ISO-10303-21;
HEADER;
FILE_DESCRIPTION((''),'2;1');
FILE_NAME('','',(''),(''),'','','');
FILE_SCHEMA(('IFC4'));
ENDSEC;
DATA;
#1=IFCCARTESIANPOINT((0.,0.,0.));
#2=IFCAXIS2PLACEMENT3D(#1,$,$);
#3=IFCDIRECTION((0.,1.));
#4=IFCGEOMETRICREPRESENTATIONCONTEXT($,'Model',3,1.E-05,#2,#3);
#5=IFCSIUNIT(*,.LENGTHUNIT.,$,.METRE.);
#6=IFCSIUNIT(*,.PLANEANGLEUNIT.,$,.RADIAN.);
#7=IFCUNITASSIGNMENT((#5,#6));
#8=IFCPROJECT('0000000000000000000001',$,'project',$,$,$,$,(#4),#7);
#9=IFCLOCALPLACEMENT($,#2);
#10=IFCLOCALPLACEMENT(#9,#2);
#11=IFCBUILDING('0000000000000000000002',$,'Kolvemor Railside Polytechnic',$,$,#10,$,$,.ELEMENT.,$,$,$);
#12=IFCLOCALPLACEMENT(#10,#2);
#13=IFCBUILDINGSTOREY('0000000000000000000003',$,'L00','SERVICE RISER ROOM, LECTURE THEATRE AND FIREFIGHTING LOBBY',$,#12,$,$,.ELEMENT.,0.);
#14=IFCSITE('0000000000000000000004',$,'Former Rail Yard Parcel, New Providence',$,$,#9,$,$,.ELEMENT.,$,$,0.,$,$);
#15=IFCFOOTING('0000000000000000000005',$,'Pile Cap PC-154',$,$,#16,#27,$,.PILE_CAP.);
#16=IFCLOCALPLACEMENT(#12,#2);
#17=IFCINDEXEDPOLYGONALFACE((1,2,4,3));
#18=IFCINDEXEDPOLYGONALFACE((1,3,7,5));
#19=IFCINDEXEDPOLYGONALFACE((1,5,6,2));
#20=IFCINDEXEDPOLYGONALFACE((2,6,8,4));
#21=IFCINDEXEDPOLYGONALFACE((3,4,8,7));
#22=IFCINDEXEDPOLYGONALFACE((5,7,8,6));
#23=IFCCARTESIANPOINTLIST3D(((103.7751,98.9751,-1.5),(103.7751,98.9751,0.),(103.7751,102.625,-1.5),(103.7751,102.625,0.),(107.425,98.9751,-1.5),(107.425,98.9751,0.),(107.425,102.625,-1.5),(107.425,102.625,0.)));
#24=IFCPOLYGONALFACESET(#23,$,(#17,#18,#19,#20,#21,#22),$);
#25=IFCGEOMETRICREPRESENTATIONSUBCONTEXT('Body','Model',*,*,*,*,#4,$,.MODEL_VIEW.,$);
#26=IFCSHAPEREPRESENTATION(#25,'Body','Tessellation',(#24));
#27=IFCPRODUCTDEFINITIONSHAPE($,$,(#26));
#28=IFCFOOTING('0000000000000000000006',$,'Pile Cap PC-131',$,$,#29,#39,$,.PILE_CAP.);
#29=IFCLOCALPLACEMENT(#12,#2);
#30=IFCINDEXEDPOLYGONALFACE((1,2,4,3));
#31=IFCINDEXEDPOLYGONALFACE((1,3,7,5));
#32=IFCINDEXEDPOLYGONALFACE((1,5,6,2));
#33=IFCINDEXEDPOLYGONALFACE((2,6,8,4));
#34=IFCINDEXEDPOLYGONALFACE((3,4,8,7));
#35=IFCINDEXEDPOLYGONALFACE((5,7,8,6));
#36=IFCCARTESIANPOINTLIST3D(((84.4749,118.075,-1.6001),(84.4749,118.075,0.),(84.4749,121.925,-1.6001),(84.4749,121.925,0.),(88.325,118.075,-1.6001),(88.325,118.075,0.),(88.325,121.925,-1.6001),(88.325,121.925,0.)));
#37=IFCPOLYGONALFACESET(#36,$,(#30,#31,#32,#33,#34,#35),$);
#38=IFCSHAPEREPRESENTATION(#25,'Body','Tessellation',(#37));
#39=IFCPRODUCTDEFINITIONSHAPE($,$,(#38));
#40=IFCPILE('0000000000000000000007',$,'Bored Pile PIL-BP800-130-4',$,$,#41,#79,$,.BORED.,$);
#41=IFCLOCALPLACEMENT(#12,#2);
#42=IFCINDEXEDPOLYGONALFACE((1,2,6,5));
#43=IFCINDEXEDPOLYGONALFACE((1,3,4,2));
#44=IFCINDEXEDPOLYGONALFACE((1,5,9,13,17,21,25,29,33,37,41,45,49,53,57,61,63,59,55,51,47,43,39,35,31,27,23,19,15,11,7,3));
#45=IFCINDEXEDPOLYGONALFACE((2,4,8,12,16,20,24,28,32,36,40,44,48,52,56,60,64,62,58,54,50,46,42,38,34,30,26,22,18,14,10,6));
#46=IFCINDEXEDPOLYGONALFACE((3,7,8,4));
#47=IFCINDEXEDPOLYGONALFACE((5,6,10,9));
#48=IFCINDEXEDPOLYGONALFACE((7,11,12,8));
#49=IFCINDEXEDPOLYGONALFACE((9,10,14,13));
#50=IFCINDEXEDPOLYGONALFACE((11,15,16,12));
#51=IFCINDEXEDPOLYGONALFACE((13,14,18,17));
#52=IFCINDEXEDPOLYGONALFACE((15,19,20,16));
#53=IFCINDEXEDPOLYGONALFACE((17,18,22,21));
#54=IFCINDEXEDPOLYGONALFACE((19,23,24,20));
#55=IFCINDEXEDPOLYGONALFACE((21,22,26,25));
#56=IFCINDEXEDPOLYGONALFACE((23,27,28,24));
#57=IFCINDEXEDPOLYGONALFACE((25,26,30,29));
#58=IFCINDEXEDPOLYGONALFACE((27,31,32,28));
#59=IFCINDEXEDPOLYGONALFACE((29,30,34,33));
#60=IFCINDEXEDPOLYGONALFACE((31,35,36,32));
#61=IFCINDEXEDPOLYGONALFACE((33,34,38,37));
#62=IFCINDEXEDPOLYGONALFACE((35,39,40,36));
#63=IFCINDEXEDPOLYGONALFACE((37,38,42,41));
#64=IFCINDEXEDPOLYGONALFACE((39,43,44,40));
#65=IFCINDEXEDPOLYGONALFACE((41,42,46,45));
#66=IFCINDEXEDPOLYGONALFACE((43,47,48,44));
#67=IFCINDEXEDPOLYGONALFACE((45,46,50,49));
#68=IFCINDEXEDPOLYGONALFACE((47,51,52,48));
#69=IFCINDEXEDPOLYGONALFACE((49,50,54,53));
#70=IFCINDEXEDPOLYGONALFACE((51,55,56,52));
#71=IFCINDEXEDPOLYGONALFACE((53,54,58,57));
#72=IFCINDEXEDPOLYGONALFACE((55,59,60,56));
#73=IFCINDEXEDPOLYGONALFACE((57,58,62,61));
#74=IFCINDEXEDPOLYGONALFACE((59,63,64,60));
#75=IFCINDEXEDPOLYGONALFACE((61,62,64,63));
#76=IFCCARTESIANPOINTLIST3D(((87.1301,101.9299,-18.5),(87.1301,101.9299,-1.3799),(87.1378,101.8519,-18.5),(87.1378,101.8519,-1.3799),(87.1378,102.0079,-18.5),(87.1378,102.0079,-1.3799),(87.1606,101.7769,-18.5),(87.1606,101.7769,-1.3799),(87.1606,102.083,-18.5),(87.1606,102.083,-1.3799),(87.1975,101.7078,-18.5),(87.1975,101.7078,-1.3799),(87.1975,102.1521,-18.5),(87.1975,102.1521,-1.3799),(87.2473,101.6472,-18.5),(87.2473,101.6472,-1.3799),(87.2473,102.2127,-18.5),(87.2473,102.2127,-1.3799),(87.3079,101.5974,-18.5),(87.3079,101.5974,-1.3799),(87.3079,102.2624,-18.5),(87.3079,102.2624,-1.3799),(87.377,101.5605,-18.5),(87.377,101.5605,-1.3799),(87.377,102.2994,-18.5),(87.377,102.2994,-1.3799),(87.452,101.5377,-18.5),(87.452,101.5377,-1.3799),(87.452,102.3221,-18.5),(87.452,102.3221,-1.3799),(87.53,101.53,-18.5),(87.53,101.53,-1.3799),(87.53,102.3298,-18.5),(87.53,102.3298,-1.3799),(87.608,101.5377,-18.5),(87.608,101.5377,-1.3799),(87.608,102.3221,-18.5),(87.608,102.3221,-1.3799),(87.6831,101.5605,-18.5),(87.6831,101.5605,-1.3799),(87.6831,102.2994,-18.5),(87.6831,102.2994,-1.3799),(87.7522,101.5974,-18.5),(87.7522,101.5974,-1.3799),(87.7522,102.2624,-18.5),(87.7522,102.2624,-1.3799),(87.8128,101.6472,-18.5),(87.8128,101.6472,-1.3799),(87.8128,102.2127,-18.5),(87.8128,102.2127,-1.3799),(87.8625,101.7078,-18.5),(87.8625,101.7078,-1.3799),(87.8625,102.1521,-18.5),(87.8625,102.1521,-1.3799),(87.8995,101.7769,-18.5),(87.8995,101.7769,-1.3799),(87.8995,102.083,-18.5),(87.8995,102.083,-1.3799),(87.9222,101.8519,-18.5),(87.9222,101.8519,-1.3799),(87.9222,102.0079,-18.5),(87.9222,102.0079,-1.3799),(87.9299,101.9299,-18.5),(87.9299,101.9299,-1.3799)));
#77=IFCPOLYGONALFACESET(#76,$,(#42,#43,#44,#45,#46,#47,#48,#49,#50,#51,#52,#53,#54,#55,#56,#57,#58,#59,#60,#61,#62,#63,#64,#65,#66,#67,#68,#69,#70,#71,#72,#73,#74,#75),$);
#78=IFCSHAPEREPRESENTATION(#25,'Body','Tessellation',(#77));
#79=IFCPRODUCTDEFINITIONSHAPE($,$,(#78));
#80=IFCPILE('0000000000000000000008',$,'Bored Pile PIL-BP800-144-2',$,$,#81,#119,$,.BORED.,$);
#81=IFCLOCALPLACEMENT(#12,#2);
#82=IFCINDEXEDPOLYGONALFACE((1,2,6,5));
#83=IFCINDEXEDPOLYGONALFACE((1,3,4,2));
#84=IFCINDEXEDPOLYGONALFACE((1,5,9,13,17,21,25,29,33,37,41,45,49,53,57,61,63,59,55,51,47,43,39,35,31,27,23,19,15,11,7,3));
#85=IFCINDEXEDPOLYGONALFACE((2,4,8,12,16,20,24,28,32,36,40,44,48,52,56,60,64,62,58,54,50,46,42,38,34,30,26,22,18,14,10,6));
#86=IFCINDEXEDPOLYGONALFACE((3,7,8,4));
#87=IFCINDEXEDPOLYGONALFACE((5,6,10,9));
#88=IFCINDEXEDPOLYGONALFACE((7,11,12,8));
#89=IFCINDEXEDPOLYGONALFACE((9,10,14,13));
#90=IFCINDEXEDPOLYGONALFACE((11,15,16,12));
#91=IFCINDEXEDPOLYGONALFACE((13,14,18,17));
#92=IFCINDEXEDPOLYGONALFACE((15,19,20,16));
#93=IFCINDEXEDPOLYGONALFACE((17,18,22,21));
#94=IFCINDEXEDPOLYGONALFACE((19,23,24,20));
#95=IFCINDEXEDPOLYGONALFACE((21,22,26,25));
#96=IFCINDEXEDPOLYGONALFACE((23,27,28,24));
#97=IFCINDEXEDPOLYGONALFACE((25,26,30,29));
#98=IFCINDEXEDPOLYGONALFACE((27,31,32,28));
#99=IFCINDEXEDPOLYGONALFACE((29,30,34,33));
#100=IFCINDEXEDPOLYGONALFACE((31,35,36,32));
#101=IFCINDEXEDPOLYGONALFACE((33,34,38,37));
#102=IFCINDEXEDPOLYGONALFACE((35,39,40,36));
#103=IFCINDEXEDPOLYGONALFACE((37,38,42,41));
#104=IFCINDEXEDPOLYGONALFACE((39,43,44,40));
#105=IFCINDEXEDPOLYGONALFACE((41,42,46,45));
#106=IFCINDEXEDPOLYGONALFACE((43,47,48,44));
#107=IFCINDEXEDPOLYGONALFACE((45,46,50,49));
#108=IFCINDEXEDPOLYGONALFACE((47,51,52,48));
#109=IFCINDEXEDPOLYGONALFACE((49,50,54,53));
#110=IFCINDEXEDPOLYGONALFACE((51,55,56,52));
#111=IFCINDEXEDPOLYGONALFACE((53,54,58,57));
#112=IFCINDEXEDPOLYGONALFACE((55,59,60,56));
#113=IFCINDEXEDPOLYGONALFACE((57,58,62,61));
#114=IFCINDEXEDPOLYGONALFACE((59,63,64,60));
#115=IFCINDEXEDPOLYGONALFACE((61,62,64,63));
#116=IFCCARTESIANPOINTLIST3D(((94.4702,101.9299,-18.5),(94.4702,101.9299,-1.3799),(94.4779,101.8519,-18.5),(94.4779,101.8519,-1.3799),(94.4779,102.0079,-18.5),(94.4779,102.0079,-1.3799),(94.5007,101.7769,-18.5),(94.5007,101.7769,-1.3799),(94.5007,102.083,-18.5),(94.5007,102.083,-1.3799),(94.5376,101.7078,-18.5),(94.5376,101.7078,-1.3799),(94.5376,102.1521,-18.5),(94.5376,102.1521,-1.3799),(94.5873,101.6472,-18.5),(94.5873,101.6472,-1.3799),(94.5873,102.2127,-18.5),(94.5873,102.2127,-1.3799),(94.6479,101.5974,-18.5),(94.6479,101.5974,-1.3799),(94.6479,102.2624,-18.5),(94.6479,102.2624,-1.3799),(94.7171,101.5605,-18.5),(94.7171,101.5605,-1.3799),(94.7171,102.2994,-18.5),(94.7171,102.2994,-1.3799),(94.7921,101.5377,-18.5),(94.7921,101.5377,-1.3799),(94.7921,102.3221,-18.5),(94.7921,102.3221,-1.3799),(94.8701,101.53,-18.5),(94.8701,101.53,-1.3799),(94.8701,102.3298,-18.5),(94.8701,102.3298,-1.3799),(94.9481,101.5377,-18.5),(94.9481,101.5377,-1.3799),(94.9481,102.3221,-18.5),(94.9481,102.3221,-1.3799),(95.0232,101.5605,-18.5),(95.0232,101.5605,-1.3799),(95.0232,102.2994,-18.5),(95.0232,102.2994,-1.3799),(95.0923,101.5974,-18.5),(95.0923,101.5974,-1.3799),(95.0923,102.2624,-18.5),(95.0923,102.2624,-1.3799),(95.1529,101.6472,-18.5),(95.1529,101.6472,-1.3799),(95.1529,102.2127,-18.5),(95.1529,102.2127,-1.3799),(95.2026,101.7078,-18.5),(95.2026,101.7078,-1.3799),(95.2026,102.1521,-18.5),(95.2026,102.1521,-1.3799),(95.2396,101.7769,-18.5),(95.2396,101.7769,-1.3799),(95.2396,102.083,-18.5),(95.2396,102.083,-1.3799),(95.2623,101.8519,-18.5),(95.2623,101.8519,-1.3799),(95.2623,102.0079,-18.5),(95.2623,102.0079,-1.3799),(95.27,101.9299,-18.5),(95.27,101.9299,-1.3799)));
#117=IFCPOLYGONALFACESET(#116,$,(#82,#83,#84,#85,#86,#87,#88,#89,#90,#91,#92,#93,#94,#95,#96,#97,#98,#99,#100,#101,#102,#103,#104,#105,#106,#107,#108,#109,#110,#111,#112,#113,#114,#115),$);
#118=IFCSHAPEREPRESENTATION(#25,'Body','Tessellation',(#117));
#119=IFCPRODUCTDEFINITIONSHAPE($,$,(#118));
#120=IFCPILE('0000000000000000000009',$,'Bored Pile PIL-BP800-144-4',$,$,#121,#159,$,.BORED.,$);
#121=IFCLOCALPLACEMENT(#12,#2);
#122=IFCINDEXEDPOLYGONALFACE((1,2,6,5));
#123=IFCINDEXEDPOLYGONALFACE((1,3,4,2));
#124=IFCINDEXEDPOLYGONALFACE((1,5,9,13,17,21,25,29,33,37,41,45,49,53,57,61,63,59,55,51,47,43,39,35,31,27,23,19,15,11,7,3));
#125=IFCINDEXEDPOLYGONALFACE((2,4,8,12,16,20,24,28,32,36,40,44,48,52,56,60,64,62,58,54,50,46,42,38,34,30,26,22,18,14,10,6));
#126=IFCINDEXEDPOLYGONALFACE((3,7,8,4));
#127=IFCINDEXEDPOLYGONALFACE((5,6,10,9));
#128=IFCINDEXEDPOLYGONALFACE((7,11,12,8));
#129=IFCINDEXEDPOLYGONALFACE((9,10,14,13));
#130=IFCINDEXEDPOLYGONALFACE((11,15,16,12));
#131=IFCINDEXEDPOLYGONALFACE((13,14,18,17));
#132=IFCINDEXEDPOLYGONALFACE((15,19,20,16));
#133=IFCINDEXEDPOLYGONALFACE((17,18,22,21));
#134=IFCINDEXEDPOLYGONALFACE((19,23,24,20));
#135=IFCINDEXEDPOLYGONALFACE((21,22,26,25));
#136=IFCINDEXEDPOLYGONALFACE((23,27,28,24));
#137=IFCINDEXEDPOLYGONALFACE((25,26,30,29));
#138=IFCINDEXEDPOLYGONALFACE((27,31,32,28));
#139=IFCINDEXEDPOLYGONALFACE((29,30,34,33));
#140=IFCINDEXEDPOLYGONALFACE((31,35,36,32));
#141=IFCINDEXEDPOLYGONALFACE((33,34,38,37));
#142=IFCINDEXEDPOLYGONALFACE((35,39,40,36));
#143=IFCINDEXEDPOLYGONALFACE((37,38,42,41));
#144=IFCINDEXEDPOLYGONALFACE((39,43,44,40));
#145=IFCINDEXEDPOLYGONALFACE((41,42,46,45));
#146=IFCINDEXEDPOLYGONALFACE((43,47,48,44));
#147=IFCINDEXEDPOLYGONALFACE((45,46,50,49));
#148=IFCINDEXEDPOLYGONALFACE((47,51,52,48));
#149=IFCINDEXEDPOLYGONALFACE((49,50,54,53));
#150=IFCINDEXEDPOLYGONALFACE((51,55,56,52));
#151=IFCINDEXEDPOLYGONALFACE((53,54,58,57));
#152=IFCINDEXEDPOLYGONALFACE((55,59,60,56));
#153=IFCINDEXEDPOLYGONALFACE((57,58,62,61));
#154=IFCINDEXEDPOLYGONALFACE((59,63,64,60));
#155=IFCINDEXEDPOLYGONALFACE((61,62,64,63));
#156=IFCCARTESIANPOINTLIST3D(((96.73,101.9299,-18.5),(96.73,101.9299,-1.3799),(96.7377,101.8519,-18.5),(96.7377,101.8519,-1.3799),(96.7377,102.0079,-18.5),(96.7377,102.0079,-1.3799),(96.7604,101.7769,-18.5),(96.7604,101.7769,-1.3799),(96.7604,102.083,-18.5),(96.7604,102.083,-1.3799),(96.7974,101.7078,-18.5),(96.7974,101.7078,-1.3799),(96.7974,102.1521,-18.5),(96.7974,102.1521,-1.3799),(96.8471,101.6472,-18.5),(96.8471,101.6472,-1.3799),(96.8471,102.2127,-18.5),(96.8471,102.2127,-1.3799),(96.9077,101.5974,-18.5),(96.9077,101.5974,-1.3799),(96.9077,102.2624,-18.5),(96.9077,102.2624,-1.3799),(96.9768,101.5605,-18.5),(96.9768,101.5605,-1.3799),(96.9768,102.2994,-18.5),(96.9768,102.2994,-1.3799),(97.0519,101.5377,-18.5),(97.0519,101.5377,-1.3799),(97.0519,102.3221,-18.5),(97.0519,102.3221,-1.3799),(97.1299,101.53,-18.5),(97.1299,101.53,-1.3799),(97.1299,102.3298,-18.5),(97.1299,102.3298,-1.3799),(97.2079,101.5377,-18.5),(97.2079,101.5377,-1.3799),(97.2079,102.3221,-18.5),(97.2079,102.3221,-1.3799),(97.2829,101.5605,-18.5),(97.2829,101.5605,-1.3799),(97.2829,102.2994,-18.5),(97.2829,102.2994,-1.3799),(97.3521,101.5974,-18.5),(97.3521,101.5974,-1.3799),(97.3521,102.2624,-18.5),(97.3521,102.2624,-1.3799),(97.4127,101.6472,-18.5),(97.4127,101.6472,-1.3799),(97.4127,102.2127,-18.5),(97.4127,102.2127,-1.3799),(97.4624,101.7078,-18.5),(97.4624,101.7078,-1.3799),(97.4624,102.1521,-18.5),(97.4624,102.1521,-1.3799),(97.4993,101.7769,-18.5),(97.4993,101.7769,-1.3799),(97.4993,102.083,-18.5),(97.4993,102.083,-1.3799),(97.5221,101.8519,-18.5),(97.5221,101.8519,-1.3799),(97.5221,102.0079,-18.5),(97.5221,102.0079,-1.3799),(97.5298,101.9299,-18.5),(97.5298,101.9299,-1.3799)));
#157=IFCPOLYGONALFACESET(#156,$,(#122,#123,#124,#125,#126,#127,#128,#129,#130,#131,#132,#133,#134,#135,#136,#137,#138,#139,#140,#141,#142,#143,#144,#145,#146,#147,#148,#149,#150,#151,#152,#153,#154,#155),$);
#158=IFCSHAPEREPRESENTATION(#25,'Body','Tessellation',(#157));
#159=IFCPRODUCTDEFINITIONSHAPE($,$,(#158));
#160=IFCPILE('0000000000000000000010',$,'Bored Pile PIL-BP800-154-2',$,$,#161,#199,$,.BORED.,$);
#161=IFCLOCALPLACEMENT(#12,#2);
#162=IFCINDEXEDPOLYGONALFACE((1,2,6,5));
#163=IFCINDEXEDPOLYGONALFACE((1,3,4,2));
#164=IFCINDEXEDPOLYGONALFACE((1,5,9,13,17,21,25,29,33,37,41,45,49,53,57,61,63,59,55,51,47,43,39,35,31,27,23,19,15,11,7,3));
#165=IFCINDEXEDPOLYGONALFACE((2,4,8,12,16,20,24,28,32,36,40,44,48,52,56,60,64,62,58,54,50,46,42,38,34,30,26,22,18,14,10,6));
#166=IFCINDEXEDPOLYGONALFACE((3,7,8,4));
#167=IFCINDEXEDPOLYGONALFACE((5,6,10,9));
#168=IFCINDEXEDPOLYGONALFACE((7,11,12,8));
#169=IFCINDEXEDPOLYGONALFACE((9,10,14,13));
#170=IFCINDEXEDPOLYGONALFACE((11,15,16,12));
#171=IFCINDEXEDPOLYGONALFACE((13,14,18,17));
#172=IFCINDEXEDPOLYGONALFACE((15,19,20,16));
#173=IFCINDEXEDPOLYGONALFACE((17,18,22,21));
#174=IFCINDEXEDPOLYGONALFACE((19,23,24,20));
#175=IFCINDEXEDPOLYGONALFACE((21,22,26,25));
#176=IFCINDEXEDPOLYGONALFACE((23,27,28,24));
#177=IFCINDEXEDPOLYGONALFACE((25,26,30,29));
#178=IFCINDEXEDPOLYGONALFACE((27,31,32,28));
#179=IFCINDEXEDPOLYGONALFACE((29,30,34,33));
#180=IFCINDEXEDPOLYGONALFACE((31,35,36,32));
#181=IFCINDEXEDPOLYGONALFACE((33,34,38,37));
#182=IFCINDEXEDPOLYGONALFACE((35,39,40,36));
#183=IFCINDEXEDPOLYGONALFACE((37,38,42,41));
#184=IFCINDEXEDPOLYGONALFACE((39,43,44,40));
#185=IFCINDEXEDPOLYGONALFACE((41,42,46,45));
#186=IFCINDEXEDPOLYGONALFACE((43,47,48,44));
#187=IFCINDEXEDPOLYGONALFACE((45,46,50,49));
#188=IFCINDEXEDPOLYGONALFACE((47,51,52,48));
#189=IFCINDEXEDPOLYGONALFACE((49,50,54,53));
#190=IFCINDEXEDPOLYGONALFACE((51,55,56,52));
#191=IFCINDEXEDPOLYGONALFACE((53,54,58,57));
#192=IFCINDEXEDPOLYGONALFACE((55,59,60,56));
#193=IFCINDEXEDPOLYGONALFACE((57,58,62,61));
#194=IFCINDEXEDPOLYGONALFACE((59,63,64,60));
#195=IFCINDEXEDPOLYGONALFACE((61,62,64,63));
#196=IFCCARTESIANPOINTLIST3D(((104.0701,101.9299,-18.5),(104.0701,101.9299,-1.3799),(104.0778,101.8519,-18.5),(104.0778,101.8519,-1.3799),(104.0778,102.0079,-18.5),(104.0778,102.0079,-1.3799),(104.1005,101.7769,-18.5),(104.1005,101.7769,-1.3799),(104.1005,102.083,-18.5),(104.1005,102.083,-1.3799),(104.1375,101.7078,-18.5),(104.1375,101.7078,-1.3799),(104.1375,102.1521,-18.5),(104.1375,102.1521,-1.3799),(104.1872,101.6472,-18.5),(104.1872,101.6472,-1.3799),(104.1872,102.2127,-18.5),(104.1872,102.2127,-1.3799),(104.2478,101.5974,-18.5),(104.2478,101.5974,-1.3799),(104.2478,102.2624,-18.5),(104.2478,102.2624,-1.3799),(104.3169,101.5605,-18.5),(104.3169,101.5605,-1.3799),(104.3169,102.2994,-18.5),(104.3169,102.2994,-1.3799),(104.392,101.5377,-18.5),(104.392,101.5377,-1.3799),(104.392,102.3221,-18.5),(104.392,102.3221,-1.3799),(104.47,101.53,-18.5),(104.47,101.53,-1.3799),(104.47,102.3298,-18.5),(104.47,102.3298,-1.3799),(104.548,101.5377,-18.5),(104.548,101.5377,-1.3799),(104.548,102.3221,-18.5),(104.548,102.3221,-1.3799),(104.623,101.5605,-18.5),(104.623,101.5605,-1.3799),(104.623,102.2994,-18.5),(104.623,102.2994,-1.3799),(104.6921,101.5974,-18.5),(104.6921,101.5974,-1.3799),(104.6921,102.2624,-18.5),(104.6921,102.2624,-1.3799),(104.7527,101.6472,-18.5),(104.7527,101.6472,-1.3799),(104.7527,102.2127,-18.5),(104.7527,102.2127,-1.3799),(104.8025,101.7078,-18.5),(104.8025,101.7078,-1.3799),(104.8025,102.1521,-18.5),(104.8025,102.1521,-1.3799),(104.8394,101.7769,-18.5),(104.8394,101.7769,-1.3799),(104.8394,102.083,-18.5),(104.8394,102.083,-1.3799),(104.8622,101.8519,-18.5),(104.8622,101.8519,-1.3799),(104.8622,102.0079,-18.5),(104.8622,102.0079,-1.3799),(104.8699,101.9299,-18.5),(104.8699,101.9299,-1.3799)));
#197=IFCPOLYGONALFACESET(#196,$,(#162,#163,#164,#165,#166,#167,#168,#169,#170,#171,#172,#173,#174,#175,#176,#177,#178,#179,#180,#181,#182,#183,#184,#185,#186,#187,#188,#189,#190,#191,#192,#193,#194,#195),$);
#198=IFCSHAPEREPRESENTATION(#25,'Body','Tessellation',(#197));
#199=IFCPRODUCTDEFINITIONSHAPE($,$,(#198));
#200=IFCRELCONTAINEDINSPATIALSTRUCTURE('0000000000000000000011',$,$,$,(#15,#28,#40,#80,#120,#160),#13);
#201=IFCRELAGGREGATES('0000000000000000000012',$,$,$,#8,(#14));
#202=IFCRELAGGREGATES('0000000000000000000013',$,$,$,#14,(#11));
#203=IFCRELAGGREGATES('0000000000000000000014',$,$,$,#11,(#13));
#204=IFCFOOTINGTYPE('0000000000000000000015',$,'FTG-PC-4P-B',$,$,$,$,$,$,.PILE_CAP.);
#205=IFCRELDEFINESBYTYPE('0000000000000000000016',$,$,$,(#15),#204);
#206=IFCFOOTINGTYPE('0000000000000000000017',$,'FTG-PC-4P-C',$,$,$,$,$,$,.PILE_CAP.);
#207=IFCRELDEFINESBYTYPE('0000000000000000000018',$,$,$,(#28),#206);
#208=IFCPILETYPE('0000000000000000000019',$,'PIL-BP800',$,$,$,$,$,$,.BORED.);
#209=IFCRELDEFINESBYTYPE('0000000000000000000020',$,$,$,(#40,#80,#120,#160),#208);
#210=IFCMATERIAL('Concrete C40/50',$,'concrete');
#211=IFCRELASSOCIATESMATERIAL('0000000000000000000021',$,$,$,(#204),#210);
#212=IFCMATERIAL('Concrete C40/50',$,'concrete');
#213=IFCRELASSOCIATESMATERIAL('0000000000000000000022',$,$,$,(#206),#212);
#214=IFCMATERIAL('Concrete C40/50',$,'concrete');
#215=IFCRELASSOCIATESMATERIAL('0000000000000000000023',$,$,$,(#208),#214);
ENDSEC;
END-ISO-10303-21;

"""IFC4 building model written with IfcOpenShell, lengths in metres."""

from ifc_helpers import new_model, si_unit, direction, frame, origin, origin_2d, place, context, subcontext, project, spatial, rectangle, circle, extrude, material, material_profile, profile_set, type_object, element, save


model = new_model("IFC4")

# Units and contexts
model_context = context("Model", 3, precision=1e-05, world=origin(), true_north=direction((0.0, 1.0)))
body_context = subcontext(model_context, "Body", "Model", "MODEL_VIEW")
ifc_project = project(units=[si_unit("LENGTHUNIT", "METRE"), si_unit("PLANEANGLEUNIT", "RADIAN")], contexts=[model_context])

# Site, building, storey
site_placement = place(None, origin())
site = spatial("IfcSite", under=ifc_project, at=site_placement, Name="Former Rail Yard Parcel, New Providence", CompositionType="ELEMENT", RefElevation=0.0)
building_placement = place(site_placement, origin())
building = spatial("IfcBuilding", under=site, at=building_placement, Name="Kolvemor Railside Polytechnic", CompositionType="ELEMENT")
storey_placement = place(building_placement, origin())
storey = spatial("IfcBuildingStorey", under=building, at=storey_placement, Name="L00", Description="SERVICE RISER ROOM, LECTURE THEATRE AND FIREFIGHTING LOBBY", CompositionType="ELEMENT", Elevation=0.0)

# Footings
ifc_material_1 = material(Name="Concrete C40/50", Category="concrete")
footing_type_1 = type_object("IfcFootingType", Name="FTG-PC-4P-B", PredefinedType="PILE_CAP", material=ifc_material_1)
footing_1_placement = place(storey_placement, frame((105.6001, 100.8, -1.5), z_axis=(0.0, 0.0, 1.0), x_axis=(1.0, 0.0, 0.0)))
element("IfcFooting", 1, at=footing_1_placement, inside=storey, type_object=footing_type_1, Name="Pile Cap PC-154", PredefinedType="PILE_CAP", context=body_context, shape_type="SweptSolid", body=[
    extrude(rectangle(XDim=3.6499, YDim=3.6499, at=origin_2d()), origin(), (0.0, 0.0, 1.0), 1.5),
])
ifc_material_2 = material(Name="Concrete C40/50", Category="concrete")
footing_type_2 = type_object("IfcFootingType", Name="FTG-PC-4P-C", PredefinedType="PILE_CAP", material=ifc_material_2)
footing_2_placement = place(storey_placement, frame((86.3999, 120.0, -1.6001), z_axis=(0.0, 0.0, 1.0), x_axis=(1.0, 0.0, 0.0)))
element("IfcFooting", 2, at=footing_2_placement, inside=storey, type_object=footing_type_2, Name="Pile Cap PC-131", PredefinedType="PILE_CAP", context=body_context, shape_type="SweptSolid", body=[
    extrude(rectangle(XDim=3.8501, YDim=3.8501, at=origin_2d()), origin(), (0.0, 0.0, 1.0), 1.6001),
])

# Piles
ifc_material_3 = material(Name="Concrete C40/50", Category="concrete")
ifc_material_profile_1 = material_profile(ifc_material_3, circle(Radius=0.3999, at=origin_2d()), Name="BP800")
ifc_profile_set_1 = profile_set([ifc_material_profile_1], Name="Concrete C40/50")
pile_type_1 = type_object("IfcPileType", Name="PIL-BP800", PredefinedType="BORED", material=ifc_profile_set_1)
for number, where, z_axis, x_axis, name in (
    (3, (87.53, 101.9299, -1.3799), (0.0, 0.0, -1.0), (1.0, 0.0, 0.0), "Bored Pile PIL-BP800-130-4"),
    (4, (94.8701, 101.9299, -1.3799), (0.0, 0.0, -1.0), (1.0, 0.0, 0.0), "Bored Pile PIL-BP800-144-2"),
    (5, (97.1299, 101.9299, -1.3799), (0.0, 0.0, -1.0), (1.0, 0.0, 0.0), "Bored Pile PIL-BP800-144-4"),
    (6, (104.47, 101.9299, -1.3799), (0.0, 0.0, -1.0), (1.0, 0.0, 0.0), "Bored Pile PIL-BP800-154-2"),
):
    element("IfcPile", number, at=place(storey_placement, frame(where, z_axis=z_axis, x_axis=x_axis)), inside=storey, type_object=pile_type_1, Name=name, PredefinedType="BORED", context=body_context, shape_type="SweptSolid", body=[
        extrude(circle(Radius=0.3999, at=origin_2d()), origin(), (0.0, 0.0, 1.0), 17.1201),
    ])

save(model, "model.ifc")
